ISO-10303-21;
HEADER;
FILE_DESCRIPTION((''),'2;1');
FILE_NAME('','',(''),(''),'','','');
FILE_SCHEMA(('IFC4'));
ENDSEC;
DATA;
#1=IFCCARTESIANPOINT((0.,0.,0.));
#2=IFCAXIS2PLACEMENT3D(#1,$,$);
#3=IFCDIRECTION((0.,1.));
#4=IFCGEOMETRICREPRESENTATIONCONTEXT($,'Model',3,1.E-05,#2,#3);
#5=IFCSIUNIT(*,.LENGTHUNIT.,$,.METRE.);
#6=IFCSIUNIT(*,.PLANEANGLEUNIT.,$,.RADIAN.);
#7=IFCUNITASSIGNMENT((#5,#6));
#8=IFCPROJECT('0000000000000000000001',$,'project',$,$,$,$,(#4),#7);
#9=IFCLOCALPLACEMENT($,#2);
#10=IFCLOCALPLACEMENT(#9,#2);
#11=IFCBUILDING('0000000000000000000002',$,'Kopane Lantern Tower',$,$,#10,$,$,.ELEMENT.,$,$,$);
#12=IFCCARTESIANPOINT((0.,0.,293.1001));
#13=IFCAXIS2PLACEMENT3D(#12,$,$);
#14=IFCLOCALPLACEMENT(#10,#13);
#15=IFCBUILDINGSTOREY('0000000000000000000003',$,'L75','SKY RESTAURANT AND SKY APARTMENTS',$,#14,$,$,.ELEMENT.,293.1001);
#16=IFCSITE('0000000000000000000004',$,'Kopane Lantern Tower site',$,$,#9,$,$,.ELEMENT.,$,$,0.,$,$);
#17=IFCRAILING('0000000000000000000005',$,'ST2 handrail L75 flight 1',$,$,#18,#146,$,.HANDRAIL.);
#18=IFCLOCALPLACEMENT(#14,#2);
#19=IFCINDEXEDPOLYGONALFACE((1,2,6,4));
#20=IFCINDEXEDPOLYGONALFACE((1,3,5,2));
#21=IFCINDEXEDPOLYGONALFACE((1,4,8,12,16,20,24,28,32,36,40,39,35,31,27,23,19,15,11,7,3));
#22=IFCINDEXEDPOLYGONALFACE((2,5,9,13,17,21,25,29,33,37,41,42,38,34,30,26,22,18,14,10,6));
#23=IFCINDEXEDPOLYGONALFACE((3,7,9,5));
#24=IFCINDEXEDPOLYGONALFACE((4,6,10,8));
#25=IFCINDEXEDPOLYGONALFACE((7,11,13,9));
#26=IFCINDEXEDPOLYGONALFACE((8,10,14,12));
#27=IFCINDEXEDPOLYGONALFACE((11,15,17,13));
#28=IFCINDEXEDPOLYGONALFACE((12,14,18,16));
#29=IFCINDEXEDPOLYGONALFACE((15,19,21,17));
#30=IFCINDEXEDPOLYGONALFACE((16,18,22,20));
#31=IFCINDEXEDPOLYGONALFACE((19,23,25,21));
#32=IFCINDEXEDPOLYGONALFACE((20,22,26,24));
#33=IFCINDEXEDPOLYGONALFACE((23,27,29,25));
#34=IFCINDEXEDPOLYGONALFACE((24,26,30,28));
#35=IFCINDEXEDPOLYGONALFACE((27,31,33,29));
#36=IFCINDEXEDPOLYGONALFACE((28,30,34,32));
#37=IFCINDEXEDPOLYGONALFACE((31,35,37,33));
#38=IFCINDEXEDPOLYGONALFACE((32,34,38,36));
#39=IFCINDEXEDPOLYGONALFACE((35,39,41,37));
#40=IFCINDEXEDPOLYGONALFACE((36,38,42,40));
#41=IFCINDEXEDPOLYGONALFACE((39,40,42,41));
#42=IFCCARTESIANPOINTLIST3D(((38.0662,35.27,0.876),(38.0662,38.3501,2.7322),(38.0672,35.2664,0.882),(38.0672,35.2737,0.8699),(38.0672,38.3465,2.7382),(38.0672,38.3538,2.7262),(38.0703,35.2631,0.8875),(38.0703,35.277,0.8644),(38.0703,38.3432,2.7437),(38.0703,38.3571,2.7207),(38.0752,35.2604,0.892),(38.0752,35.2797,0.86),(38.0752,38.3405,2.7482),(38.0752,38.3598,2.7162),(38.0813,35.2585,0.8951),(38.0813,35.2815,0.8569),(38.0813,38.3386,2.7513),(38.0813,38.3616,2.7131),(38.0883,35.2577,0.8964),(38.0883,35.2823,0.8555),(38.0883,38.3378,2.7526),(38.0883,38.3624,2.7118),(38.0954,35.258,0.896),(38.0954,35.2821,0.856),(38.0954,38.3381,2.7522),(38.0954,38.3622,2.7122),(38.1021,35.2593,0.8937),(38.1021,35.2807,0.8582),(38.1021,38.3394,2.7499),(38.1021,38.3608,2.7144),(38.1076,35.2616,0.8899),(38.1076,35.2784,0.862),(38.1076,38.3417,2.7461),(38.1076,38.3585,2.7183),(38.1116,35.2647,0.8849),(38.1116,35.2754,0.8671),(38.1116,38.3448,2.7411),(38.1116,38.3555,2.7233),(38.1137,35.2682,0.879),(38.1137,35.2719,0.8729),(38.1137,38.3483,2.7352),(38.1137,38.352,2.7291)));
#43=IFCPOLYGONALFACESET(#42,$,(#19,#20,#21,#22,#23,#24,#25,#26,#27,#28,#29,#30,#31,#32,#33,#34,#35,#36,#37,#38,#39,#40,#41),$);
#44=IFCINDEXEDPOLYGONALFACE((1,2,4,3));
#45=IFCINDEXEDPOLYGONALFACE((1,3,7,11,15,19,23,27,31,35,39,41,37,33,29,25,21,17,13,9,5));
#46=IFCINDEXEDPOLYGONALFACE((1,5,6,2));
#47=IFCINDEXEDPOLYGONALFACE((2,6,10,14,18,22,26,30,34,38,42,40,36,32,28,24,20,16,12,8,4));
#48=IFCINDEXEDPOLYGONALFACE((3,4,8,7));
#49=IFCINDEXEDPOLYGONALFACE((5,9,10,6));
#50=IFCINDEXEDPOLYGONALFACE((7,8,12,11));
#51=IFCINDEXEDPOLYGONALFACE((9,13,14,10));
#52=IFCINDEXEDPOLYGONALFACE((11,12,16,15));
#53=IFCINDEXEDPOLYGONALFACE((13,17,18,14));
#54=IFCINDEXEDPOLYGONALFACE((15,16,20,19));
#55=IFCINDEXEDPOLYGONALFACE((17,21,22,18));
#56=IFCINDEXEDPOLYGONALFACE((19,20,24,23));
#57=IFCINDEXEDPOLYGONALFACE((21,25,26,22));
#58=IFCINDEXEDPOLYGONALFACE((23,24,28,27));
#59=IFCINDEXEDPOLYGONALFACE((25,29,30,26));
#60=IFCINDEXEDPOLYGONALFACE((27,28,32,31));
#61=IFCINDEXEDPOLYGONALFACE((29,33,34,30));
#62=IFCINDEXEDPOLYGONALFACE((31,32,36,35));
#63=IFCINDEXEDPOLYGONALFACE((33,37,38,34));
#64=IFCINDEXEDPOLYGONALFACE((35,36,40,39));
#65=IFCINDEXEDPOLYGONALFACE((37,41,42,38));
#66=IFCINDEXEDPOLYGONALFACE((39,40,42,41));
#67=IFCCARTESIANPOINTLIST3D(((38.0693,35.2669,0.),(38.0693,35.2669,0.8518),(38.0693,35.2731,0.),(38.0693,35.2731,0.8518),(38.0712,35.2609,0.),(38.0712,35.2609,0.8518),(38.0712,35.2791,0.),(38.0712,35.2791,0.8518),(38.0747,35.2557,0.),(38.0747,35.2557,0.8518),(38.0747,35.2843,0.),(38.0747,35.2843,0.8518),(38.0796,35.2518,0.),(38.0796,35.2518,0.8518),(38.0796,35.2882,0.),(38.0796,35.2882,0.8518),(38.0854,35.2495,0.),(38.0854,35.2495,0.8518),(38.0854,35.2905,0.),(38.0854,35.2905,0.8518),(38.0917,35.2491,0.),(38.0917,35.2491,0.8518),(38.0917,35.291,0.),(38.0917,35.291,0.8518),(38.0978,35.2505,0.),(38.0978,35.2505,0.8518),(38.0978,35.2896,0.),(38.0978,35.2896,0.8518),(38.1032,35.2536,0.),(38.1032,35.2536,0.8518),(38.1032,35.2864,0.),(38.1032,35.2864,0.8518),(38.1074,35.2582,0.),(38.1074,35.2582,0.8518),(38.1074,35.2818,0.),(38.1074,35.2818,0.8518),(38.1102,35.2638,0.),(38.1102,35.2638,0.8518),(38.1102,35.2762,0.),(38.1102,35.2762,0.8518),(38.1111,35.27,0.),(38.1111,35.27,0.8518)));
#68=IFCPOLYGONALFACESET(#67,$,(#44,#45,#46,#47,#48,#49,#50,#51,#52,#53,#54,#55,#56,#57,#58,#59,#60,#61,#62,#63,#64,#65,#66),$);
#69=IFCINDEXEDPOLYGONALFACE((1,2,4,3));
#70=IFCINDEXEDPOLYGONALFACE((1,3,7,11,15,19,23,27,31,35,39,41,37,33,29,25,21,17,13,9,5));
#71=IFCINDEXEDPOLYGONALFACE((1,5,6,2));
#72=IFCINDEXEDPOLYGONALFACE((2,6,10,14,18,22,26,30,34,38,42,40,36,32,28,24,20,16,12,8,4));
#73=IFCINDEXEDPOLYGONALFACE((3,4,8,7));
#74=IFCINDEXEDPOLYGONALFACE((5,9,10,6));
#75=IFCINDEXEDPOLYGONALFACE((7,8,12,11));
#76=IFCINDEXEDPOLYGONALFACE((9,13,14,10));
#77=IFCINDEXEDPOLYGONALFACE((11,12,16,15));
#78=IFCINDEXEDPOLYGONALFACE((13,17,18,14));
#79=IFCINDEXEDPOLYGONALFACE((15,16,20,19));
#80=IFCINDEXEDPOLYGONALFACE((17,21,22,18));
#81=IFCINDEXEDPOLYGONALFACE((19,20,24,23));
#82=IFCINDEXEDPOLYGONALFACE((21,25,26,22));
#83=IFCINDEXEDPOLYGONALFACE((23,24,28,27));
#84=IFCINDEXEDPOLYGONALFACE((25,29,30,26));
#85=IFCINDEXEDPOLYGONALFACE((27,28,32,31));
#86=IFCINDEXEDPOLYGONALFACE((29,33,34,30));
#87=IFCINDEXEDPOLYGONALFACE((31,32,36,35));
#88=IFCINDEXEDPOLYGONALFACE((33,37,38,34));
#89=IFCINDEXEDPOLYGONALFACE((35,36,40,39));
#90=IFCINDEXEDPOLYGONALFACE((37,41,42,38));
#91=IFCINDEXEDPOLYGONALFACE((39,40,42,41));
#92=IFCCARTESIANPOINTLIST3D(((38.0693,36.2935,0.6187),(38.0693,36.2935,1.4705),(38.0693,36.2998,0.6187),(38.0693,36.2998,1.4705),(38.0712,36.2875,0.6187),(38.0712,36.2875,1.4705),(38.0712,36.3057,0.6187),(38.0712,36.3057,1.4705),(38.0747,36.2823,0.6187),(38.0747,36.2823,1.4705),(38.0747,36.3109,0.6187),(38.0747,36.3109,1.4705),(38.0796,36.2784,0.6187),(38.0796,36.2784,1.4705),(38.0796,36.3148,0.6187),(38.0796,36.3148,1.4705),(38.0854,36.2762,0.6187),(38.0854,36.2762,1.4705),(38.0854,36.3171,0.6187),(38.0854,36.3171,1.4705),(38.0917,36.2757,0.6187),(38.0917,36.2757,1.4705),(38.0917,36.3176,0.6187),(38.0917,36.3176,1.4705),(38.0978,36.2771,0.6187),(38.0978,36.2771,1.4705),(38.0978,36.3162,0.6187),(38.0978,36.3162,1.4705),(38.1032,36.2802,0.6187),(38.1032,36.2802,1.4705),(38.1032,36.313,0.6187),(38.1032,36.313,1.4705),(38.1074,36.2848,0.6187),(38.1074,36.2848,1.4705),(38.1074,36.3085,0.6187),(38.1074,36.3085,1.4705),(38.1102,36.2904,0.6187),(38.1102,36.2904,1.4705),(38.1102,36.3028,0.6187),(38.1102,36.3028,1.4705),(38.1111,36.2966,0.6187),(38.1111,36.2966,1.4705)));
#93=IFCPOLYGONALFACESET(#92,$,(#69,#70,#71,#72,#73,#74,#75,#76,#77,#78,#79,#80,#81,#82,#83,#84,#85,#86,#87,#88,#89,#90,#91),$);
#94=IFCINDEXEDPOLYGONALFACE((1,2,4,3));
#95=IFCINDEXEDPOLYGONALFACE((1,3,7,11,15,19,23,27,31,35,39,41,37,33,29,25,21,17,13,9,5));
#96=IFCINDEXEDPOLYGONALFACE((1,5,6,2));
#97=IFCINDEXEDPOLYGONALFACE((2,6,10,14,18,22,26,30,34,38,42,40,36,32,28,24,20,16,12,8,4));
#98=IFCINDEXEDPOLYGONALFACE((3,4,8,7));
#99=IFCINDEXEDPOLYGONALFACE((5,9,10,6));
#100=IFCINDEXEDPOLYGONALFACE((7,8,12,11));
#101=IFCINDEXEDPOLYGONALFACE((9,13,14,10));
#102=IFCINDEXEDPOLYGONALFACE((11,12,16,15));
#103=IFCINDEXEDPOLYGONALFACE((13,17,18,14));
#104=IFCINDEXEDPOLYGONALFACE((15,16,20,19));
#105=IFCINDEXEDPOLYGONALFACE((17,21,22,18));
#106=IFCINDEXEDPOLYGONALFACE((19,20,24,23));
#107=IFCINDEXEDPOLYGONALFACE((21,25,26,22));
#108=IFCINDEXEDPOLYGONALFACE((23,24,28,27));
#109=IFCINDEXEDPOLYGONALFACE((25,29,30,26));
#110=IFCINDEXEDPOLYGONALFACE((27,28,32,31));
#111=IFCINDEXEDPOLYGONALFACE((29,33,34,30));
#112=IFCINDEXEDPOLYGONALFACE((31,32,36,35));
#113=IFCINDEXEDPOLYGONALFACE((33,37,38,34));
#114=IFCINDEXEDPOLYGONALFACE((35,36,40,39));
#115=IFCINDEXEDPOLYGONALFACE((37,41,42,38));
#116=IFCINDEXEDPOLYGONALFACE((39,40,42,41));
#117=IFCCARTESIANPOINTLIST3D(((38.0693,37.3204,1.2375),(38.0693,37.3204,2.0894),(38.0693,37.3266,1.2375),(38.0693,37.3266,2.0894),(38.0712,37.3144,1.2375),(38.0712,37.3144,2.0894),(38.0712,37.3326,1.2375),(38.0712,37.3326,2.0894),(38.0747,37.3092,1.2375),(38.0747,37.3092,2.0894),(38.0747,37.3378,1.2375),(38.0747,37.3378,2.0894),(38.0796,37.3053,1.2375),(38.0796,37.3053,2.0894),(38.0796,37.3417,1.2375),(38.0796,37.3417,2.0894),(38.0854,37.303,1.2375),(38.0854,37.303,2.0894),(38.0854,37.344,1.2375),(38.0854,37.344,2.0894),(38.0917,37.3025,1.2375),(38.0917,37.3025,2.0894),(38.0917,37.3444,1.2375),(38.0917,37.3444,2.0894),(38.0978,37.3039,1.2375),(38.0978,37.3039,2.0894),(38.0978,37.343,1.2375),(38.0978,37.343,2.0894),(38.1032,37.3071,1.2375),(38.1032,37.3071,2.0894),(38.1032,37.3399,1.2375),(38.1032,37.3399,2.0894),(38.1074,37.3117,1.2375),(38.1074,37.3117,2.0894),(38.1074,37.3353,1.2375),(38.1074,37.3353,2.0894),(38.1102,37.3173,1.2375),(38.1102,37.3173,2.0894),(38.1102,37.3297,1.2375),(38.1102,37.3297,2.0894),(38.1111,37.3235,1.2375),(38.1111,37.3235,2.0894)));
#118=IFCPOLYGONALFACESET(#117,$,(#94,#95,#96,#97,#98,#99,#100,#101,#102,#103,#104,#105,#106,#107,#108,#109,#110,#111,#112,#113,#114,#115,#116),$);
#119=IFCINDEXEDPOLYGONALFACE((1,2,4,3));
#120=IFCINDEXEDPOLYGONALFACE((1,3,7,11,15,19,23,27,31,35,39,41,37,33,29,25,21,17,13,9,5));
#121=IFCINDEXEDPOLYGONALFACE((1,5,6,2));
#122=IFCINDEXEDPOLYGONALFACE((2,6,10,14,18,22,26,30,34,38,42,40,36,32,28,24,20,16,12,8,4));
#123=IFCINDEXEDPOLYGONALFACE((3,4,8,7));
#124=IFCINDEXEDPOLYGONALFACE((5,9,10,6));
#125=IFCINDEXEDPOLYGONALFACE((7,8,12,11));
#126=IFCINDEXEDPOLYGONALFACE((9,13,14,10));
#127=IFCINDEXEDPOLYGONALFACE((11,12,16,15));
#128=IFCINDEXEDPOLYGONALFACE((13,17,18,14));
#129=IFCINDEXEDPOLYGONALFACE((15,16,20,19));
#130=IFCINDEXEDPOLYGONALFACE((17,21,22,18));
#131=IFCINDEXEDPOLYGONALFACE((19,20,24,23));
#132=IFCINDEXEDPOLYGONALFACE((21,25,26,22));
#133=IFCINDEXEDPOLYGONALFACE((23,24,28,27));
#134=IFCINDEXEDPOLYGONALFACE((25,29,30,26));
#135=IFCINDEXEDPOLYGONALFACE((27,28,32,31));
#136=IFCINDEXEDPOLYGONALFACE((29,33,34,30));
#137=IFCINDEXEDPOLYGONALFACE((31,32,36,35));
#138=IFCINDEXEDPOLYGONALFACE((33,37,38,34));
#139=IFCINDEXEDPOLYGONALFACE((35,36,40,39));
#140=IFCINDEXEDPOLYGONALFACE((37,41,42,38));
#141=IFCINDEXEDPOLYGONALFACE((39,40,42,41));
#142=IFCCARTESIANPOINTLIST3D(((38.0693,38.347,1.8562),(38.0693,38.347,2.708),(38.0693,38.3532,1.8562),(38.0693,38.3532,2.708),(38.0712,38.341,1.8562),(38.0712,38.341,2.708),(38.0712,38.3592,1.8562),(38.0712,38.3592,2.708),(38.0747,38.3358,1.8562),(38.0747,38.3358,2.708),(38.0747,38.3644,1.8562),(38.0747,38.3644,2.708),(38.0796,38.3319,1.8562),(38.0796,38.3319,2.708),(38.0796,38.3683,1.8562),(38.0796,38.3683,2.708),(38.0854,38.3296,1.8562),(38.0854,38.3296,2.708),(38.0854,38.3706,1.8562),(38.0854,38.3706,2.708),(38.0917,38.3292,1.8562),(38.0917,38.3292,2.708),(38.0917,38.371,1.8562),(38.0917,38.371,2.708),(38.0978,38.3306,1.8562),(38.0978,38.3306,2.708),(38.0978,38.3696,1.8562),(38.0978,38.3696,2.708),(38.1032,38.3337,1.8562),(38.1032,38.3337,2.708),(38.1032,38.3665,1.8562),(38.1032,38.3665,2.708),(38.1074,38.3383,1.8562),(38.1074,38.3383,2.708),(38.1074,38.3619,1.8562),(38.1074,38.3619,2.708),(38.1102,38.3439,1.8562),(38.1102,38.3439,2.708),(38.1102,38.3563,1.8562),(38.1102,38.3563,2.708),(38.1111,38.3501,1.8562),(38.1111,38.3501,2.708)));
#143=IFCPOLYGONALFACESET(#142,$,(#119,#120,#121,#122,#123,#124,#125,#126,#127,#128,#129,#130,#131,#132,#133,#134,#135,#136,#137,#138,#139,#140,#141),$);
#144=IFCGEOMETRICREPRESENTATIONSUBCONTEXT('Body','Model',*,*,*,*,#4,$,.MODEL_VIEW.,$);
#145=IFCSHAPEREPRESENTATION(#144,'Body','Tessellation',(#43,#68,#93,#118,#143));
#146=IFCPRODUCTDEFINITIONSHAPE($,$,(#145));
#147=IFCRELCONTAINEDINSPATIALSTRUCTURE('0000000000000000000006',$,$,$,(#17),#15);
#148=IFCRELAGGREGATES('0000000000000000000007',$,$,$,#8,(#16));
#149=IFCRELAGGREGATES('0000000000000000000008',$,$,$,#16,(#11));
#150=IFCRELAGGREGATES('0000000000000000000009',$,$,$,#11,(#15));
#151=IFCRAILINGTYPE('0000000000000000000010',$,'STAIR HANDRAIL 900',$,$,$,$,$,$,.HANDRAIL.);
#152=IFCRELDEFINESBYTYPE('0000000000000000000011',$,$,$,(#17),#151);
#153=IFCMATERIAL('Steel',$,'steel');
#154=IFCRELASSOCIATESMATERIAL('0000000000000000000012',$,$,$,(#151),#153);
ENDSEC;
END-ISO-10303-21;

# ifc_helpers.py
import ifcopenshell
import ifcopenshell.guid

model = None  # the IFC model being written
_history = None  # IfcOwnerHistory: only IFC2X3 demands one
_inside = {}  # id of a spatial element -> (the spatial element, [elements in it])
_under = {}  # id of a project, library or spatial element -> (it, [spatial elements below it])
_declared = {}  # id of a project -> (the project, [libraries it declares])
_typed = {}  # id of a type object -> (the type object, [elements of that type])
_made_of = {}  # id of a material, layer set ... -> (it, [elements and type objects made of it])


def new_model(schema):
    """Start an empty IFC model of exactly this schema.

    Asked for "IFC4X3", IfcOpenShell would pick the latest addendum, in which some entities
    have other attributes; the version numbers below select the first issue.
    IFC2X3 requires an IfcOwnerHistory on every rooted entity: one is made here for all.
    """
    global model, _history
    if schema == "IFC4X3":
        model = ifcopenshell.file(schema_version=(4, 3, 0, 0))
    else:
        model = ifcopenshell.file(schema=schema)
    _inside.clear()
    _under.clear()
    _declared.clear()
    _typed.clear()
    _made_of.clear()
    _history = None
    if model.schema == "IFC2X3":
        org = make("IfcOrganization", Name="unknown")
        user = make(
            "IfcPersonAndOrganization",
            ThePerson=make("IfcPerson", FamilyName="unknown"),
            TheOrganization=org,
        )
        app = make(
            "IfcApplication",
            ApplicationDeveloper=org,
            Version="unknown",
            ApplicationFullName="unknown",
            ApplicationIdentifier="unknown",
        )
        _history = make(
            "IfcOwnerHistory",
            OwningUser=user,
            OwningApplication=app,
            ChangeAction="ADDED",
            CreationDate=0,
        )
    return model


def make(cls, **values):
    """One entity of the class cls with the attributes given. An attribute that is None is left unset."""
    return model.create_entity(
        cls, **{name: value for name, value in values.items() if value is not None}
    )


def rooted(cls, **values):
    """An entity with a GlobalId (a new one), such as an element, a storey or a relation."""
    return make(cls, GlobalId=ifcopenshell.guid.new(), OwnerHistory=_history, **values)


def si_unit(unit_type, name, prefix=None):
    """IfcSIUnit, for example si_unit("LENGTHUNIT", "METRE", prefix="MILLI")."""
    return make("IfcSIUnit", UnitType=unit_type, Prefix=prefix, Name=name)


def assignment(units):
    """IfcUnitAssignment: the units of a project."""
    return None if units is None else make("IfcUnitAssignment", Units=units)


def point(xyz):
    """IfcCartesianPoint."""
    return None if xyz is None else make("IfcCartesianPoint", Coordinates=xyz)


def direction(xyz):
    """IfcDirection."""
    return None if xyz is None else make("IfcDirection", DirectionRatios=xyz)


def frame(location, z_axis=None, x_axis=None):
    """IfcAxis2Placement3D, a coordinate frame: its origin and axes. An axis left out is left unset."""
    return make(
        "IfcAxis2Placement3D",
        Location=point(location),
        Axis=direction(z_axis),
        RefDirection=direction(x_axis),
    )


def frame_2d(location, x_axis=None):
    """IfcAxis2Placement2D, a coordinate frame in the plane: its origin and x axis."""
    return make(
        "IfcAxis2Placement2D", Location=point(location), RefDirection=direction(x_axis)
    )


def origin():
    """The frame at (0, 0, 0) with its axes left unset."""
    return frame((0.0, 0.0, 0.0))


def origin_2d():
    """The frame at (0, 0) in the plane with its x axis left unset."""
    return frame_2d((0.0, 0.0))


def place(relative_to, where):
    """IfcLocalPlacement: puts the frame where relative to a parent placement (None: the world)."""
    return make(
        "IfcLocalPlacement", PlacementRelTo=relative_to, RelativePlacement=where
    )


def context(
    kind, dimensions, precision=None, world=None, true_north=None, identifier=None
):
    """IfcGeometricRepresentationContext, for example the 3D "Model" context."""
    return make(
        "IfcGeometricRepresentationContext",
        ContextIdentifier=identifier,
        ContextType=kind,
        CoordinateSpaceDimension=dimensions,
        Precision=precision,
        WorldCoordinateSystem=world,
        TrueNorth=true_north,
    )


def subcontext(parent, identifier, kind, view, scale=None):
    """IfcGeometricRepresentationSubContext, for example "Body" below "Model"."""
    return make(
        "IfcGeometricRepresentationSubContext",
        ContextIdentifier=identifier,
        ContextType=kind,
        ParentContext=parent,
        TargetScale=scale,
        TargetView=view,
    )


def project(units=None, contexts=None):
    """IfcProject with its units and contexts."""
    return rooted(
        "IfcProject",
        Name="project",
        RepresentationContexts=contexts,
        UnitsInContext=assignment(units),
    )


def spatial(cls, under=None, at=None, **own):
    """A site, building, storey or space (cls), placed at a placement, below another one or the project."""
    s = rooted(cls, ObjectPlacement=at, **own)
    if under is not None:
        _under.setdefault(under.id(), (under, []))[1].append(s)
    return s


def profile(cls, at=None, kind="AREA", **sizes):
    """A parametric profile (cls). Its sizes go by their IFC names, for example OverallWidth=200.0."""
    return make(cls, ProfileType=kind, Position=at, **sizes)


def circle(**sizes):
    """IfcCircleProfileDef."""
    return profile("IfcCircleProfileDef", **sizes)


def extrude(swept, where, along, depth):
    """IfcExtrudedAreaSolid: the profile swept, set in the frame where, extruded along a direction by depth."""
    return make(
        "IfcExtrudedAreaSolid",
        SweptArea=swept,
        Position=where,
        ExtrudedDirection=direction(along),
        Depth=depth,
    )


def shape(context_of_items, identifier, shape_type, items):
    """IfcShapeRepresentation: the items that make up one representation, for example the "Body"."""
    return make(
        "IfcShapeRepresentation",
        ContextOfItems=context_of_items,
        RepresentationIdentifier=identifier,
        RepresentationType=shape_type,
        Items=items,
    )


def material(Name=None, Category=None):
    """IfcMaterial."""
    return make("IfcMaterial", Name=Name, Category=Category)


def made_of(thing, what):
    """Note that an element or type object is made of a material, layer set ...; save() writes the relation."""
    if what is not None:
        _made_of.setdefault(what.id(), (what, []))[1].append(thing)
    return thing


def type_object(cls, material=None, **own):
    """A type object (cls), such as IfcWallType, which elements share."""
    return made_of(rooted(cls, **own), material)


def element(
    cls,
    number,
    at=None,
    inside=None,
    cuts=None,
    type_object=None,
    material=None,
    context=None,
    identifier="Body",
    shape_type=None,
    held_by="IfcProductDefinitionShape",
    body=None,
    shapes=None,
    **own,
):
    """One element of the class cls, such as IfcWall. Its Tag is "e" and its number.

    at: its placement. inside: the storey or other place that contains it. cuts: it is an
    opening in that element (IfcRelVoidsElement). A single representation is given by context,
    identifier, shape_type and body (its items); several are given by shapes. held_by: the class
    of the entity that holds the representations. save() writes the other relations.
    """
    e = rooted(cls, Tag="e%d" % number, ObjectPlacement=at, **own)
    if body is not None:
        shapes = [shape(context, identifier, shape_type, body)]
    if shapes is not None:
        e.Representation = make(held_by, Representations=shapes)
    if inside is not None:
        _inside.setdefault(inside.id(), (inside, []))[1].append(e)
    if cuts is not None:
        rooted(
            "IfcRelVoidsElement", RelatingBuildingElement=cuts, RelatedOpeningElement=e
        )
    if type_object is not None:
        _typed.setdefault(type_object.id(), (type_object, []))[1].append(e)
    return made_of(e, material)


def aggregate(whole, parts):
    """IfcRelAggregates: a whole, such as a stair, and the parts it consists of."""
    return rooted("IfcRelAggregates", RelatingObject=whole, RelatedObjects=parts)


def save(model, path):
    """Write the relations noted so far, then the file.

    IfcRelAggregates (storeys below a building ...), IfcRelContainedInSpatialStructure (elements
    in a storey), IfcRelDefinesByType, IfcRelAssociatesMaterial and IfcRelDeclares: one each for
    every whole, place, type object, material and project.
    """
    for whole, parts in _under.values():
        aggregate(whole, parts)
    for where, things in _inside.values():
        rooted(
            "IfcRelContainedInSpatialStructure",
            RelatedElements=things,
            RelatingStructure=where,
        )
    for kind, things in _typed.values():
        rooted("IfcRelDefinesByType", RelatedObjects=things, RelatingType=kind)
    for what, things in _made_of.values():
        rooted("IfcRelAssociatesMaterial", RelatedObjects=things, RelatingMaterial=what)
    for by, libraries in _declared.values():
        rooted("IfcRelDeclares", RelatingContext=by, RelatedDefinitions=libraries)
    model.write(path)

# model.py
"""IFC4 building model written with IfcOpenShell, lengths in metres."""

from ifc_helpers import new_model, si_unit, direction, frame, origin, origin_2d, place, context, subcontext, project, spatial, circle, extrude, material, type_object, element, save


model = new_model("IFC4")

# Units and contexts
model_context = context("Model", 3, precision=1e-05, world=origin(), true_north=direction((0.0, 1.0)))
body_context = subcontext(model_context, "Body", "Model", "MODEL_VIEW")
ifc_project = project(units=[si_unit("LENGTHUNIT", "METRE"), si_unit("PLANEANGLEUNIT", "RADIAN")], contexts=[model_context])

# Site, building, storey
site_placement = place(None, origin())
site = spatial("IfcSite", under=ifc_project, at=site_placement, Name="Kopane Lantern Tower site", CompositionType="ELEMENT", RefElevation=0.0)
building_placement = place(site_placement, origin())
building = spatial("IfcBuilding", under=site, at=building_placement, Name="Kopane Lantern Tower", CompositionType="ELEMENT")
storey_placement = place(building_placement, frame((0.0, 0.0, 293.1001)))
storey = spatial("IfcBuildingStorey", under=building, at=storey_placement, Name="L75", Description="SKY RESTAURANT AND SKY APARTMENTS", CompositionType="ELEMENT", Elevation=293.1001)

# Railing
ifc_material_1 = material(Name="Steel", Category="steel")
railing_type_1 = type_object("IfcRailingType", Name="STAIR HANDRAIL 900", PredefinedType="HANDRAIL", material=ifc_material_1)
railing_1_placement = place(storey_placement, frame((38.0901, 35.27, 0.0)))
element("IfcRailing", 1, at=railing_1_placement, inside=storey, type_object=railing_type_1, Name="ST2 handrail L75 flight 1", PredefinedType="HANDRAIL", context=body_context, shape_type="SweptSolid", body=[
    extrude(circle(Radius=0.0239, at=origin_2d()), frame((0.0, 0.0, 0.876), z_axis=(0.0, 0.856491, 0.516162), x_axis=(-1.0, 0.0, 0.0)), (0.0, 0.0, 1.0), 3.5962),
    extrude(circle(Radius=0.021, at=origin_2d()), origin(), (0.0, 0.0, 1.0), 0.8518),
    extrude(circle(Radius=0.021, at=origin_2d()), frame((0.0, 1.0266, 0.6187)), (0.0, 0.0, 1.0), 0.8518),
    extrude(circle(Radius=0.021, at=origin_2d()), frame((0.0, 2.0535, 1.2375)), (0.0, 0.0, 1.0), 0.8518),
    extrude(circle(Radius=0.021, at=origin_2d()), frame((0.0, 3.0801, 1.8562)), (0.0, 0.0, 1.0), 0.8518),
])

save(model, "model.ifc")
